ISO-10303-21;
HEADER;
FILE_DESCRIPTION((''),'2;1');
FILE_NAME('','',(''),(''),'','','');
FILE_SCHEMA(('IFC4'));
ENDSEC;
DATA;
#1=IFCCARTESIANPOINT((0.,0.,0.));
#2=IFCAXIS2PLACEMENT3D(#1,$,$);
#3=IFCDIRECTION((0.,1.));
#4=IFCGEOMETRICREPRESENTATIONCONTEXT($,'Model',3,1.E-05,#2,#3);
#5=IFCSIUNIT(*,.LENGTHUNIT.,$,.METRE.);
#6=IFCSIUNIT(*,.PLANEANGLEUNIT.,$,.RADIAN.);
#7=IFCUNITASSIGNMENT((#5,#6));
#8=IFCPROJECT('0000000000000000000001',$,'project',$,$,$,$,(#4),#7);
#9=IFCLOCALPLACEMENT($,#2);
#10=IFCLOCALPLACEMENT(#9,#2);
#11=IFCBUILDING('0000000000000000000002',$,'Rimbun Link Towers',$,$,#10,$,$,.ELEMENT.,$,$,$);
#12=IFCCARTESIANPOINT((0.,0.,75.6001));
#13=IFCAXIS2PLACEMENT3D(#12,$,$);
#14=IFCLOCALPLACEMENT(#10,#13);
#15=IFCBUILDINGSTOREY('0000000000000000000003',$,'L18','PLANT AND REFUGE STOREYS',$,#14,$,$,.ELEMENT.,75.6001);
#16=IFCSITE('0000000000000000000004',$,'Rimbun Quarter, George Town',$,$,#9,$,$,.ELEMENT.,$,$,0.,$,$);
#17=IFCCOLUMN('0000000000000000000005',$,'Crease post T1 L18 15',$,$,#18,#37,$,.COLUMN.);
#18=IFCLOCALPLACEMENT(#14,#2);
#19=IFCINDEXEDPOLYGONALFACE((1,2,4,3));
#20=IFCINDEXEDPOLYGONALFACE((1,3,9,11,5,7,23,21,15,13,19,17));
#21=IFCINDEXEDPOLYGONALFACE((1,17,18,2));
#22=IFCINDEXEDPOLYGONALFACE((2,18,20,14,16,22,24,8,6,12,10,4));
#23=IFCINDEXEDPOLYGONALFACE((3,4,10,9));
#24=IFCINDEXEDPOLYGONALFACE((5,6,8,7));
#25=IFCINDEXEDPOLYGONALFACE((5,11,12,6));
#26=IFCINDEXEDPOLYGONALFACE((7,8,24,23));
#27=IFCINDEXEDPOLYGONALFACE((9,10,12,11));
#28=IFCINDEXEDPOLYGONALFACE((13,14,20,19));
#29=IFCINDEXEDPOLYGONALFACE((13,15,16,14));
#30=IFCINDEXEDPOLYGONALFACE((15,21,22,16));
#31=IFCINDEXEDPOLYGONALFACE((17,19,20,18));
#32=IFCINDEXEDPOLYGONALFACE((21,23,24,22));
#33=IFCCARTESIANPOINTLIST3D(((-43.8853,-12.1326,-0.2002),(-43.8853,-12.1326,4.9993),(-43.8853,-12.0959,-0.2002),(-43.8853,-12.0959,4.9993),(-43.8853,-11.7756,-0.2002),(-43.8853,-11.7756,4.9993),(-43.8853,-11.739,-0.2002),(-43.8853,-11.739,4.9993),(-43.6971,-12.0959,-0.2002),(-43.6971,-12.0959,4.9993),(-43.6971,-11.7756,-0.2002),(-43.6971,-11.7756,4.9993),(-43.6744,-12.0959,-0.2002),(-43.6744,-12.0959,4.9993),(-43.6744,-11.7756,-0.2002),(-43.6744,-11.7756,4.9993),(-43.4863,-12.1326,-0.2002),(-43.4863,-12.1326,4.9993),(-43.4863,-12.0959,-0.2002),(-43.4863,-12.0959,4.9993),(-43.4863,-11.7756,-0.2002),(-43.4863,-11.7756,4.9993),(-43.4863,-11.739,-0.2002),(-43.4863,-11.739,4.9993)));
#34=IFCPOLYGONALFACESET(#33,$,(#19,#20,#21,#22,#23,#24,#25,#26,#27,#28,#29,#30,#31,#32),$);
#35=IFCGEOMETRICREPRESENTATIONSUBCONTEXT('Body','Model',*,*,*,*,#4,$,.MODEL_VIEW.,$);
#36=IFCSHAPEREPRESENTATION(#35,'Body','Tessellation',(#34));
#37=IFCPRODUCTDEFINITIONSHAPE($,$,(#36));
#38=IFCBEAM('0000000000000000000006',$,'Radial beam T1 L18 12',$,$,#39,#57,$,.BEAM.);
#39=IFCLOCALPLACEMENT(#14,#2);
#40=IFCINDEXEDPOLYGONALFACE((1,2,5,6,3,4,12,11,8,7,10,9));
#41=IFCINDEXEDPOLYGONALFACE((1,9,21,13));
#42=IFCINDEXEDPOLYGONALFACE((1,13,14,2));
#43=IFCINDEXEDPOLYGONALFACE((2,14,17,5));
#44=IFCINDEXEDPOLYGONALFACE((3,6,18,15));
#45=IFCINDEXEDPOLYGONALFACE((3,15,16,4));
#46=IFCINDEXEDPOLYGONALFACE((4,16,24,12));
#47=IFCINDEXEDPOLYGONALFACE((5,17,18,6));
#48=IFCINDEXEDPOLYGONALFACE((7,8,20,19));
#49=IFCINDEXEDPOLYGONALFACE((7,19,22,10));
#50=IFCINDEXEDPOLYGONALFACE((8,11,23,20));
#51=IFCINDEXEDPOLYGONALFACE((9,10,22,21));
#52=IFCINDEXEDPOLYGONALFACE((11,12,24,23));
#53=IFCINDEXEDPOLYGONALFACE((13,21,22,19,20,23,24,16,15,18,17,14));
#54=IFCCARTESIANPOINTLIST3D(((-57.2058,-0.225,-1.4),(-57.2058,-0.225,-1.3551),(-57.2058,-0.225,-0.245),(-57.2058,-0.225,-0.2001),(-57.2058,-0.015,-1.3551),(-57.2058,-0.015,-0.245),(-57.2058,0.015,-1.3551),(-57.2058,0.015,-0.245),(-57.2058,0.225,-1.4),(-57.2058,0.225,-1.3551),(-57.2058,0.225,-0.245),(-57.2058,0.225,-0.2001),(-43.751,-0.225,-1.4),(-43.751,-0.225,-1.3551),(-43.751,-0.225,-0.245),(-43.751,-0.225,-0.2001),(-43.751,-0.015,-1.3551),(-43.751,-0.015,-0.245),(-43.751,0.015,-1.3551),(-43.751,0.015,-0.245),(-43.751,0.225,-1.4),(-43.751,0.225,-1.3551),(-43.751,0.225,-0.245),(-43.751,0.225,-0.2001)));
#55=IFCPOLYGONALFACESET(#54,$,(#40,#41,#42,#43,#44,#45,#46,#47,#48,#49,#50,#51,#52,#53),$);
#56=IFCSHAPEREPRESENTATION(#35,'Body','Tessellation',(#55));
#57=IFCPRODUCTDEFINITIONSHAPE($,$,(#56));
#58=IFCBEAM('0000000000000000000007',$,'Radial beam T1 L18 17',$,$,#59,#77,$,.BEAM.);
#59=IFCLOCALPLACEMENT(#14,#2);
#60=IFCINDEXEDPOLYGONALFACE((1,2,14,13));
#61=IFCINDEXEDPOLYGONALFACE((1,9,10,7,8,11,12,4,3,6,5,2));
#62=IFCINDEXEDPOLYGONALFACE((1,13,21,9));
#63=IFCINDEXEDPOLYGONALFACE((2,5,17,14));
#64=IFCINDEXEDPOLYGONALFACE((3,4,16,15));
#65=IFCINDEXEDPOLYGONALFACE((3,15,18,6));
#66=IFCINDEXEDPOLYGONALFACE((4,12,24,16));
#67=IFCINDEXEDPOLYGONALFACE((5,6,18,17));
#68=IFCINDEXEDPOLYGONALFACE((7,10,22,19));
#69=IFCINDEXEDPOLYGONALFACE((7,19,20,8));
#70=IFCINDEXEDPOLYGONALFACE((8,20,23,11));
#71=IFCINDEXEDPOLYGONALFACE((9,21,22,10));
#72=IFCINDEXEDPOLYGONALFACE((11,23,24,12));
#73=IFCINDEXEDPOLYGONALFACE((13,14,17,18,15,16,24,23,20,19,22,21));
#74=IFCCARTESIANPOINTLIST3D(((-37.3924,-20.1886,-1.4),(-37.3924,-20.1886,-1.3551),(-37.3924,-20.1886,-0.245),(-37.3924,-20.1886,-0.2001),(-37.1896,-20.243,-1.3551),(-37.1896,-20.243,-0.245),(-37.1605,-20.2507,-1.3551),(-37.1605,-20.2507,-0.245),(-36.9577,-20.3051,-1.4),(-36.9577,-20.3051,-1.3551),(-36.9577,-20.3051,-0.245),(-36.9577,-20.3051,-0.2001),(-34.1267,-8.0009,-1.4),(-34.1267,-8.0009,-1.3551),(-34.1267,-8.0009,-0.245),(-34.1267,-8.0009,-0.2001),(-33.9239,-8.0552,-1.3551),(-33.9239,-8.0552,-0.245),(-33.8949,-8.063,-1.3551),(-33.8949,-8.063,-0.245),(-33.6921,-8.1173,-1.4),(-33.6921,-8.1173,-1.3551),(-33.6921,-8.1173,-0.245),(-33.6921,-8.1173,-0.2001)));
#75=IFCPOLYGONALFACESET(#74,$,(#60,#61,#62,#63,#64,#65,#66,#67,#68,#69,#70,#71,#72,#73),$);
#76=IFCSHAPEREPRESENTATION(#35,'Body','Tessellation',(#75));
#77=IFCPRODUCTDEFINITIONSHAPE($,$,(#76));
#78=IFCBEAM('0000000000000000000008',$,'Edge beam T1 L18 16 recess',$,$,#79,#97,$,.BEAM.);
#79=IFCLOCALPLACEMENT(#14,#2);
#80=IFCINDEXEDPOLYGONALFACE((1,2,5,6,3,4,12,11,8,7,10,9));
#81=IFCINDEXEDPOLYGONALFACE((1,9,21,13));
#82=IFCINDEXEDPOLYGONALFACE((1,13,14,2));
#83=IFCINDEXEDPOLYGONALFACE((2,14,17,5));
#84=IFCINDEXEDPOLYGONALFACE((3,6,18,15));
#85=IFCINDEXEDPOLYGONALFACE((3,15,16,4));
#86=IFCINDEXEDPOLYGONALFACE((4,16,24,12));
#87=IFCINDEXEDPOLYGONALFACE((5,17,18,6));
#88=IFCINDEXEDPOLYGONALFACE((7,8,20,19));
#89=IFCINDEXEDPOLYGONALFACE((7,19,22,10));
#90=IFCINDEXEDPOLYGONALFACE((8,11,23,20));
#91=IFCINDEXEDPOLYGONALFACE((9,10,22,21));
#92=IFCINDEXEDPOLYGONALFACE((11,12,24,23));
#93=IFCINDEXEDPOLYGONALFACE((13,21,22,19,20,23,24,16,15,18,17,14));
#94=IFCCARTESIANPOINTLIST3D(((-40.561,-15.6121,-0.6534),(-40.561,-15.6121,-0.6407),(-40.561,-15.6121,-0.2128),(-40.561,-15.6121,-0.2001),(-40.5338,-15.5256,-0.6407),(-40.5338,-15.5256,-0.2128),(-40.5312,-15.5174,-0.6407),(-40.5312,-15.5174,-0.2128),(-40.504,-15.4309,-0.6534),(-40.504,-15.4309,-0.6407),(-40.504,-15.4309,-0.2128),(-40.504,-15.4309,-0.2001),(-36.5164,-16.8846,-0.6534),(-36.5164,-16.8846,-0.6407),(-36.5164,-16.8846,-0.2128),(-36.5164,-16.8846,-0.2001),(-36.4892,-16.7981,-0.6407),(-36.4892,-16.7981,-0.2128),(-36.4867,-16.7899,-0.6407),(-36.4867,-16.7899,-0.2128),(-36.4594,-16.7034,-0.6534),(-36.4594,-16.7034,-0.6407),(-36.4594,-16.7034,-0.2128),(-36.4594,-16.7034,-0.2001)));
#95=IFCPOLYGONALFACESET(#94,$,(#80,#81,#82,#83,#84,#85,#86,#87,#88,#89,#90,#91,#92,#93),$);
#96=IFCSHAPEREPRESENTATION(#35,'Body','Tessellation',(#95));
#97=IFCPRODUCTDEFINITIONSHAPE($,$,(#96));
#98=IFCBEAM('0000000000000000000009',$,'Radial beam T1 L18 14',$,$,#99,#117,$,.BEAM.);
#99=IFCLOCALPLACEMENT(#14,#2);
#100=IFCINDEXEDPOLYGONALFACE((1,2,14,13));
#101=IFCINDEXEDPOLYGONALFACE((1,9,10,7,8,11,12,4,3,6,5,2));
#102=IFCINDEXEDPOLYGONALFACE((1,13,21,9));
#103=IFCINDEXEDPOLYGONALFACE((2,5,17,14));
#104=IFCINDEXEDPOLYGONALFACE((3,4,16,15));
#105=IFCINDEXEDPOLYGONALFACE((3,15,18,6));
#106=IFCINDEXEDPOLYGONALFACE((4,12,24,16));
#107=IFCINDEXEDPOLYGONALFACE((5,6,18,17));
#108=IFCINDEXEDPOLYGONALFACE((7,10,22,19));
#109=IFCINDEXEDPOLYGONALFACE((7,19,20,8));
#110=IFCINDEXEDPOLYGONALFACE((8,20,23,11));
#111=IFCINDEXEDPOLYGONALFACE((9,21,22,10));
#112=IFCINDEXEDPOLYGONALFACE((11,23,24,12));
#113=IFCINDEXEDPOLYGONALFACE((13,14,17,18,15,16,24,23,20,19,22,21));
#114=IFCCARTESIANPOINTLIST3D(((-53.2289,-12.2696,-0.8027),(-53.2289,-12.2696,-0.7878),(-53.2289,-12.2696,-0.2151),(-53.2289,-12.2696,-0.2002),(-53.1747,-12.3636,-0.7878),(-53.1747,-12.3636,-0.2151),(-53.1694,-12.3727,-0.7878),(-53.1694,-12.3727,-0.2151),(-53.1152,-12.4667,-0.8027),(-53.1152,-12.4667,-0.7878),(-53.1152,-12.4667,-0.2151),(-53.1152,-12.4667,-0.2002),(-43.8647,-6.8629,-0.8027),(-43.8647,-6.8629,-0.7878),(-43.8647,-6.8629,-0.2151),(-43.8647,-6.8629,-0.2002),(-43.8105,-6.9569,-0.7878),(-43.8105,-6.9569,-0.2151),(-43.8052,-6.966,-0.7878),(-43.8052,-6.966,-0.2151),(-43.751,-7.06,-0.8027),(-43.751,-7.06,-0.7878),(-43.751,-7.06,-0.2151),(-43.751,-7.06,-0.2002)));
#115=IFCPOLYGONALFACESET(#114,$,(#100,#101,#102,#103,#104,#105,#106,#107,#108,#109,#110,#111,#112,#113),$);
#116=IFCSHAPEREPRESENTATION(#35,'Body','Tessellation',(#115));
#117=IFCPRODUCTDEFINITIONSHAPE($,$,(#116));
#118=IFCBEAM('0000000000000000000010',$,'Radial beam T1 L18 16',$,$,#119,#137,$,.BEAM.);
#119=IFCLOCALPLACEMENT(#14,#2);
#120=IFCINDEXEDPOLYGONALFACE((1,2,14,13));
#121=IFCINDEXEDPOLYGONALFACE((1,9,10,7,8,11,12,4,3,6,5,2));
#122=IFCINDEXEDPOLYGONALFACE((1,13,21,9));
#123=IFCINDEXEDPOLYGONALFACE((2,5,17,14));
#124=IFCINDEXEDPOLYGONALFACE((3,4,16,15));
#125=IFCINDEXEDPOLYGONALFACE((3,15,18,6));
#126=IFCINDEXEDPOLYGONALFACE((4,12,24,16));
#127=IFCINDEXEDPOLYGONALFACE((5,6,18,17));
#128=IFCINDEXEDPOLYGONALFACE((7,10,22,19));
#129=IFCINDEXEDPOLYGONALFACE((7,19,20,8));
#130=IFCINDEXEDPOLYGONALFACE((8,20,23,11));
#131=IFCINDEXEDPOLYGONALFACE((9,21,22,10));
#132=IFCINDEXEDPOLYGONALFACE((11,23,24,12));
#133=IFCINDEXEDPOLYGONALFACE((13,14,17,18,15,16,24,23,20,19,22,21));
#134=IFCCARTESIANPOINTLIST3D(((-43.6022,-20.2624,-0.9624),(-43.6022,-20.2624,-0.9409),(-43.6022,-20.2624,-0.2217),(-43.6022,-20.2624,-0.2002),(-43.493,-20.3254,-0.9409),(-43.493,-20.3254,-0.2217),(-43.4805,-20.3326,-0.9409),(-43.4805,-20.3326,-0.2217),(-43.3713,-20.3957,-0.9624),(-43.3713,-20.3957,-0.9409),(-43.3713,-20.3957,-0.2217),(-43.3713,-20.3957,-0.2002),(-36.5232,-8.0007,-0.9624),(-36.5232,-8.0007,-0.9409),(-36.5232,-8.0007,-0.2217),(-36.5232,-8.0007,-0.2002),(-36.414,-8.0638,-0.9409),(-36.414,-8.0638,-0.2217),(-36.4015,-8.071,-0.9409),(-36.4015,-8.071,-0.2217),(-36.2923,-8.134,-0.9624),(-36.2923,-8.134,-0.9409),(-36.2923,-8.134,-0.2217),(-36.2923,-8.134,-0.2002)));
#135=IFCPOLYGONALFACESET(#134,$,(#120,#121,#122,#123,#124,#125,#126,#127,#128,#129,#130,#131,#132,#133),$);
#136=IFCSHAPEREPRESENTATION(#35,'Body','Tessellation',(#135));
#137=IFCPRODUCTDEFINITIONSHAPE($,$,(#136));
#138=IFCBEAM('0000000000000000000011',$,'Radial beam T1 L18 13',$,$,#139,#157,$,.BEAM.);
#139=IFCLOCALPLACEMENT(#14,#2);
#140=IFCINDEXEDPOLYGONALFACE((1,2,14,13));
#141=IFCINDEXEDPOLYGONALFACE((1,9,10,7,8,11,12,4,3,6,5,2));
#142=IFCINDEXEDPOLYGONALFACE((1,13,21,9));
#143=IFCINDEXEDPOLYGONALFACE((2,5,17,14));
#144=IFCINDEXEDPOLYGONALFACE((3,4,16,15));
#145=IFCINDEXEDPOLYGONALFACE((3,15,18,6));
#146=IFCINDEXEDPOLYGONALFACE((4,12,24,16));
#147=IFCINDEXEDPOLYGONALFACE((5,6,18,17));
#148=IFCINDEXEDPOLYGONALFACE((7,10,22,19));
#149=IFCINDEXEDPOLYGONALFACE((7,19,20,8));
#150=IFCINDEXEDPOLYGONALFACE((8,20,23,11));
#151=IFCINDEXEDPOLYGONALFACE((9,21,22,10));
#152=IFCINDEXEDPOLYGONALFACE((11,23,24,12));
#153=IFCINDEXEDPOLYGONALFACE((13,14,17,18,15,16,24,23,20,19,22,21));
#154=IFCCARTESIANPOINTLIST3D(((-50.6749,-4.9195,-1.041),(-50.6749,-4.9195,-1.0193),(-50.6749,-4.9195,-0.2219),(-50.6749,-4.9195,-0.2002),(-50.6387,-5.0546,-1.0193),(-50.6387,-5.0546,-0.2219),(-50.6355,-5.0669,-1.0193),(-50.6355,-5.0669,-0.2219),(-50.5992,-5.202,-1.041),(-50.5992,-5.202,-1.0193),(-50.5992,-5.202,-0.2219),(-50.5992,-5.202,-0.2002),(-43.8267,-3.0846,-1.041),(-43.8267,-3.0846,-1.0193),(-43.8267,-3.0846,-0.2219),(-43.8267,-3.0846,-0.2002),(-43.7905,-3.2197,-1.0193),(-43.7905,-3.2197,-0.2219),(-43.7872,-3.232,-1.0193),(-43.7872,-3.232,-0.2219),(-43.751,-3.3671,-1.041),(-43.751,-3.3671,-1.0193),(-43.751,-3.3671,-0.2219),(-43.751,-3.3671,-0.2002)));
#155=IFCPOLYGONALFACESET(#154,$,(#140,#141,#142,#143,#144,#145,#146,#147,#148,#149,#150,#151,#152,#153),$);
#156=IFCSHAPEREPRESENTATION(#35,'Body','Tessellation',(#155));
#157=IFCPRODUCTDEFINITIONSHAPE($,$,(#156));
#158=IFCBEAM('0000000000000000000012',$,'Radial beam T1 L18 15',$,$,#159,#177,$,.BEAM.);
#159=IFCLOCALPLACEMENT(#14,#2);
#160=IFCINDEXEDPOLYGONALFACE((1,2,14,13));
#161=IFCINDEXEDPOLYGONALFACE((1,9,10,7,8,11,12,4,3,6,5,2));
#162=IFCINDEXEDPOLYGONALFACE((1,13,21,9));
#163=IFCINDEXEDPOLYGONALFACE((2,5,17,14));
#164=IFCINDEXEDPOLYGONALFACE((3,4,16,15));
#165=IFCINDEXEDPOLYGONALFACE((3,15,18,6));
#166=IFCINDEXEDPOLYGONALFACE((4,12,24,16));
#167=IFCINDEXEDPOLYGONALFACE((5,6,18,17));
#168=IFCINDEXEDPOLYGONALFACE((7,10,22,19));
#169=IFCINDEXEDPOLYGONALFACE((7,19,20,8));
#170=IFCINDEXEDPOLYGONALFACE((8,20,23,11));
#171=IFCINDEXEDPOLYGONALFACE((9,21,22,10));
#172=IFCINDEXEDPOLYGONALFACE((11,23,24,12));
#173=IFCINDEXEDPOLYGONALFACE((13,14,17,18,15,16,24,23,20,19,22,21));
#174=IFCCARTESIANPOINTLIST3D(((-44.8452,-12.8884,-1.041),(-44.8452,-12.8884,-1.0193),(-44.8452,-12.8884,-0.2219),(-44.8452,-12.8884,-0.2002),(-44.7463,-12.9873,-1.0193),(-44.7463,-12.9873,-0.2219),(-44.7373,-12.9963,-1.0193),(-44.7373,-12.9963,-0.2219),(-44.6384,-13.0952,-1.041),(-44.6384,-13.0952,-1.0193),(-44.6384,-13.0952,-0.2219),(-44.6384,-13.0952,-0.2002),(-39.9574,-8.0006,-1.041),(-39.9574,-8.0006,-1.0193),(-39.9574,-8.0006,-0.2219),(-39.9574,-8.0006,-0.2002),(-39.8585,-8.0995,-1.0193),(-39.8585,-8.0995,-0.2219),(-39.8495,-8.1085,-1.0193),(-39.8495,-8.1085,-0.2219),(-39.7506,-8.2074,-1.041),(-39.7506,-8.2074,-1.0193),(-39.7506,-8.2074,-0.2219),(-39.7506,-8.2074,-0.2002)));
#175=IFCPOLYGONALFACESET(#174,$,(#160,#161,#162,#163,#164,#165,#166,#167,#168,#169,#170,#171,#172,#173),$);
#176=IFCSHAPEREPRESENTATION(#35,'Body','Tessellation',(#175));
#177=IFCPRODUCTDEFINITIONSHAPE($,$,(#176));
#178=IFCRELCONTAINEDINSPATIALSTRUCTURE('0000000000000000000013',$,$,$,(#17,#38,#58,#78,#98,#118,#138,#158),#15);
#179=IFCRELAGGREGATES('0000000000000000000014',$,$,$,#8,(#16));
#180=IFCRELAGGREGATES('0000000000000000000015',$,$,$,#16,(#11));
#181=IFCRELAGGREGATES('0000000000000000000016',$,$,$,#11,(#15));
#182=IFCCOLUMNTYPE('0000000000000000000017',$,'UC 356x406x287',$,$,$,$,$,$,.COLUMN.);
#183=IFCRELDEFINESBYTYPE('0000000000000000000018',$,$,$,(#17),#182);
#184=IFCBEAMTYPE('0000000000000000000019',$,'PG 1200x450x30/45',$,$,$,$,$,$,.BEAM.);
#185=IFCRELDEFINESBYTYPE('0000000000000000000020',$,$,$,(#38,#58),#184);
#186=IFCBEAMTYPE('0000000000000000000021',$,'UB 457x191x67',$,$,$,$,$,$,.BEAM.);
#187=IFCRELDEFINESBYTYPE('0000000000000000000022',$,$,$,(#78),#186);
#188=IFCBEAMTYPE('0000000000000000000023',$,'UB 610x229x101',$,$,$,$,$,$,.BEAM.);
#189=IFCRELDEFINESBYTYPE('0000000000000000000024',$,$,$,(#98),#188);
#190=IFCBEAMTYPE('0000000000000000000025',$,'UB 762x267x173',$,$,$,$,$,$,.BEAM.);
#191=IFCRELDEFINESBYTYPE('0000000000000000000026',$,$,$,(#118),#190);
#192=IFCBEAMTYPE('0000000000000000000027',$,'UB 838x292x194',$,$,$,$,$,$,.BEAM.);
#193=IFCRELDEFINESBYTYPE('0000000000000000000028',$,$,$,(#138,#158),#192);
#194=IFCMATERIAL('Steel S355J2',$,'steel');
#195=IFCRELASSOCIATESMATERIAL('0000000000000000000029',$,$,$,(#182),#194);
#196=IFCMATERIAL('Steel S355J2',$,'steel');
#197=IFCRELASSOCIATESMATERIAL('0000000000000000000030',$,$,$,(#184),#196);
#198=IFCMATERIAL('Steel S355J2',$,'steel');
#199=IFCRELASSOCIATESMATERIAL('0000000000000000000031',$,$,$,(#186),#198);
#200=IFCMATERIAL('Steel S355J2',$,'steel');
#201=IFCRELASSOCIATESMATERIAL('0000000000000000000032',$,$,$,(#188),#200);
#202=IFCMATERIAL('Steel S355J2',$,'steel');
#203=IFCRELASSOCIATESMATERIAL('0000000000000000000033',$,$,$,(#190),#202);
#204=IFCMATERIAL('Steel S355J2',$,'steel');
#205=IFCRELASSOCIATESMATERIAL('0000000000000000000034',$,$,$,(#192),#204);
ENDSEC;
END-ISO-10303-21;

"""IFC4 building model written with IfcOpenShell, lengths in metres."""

from ifc_helpers import new_model, si_unit, direction, frame, origin, origin_2d, place, context, subcontext, project, spatial, i_section, extrude, material, material_profile, profile_set, type_object, element, save


model = new_model("IFC4")

# Units and contexts
model_context = context("Model", 3, precision=1e-05, world=origin(), true_north=direction((0.0, 1.0)))
body_context = subcontext(model_context, "Body", "Model", "MODEL_VIEW")
ifc_project = project(units=[si_unit("LENGTHUNIT", "METRE"), si_unit("PLANEANGLEUNIT", "RADIAN")], contexts=[model_context])

# Site, building, storey
site_placement = place(None, origin())
site = spatial("IfcSite", under=ifc_project, at=site_placement, Name="Rimbun Quarter, George Town", CompositionType="ELEMENT", RefElevation=0.0)
building_placement = place(site_placement, origin())
building = spatial("IfcBuilding", under=site, at=building_placement, Name="Rimbun Link Towers", CompositionType="ELEMENT")
storey_placement = place(building_placement, frame((0.0, 0.0, 75.6001)))
storey = spatial("IfcBuildingStorey", under=building, at=storey_placement, Name="L18", Description="PLANT AND REFUGE STOREYS", CompositionType="ELEMENT", Elevation=75.6001)

# Column
ifc_material_1 = material(Name="Steel S355J2", Category="steel")
ifc_material_profile_1 = material_profile(ifc_material_1, i_section(OverallWidth=0.3989, OverallDepth=0.3936, WebThickness=0.0227, FlangeThickness=0.0366, at=origin_2d()), Name="UC 356x406x287")
ifc_profile_set_1 = profile_set([ifc_material_profile_1], Name="Steel S355J2")
column_type = type_object("IfcColumnType", Name="UC 356x406x287", PredefinedType="COLUMN", material=ifc_profile_set_1)
column_placement = place(storey_placement, frame((-43.6858, -11.9358, -0.2002), z_axis=(0.0, 0.0, 1.0), x_axis=(1.0, 0.0, 0.0)))
element("IfcColumn", 1, at=column_placement, inside=storey, type_object=column_type, Name="Crease post T1 L18 15", PredefinedType="COLUMN", context=body_context, shape_type="SweptSolid", body=[
    extrude(i_section(OverallWidth=0.3989, OverallDepth=0.3936, WebThickness=0.0227, FlangeThickness=0.0366, at=origin_2d()), origin(), (0.0, 0.0, 1.0), 5.1995),
])

# Beams
ifc_material_2 = material(Name="Steel S355J2", Category="steel")
ifc_material_profile_2 = material_profile(ifc_material_2, i_section(OverallWidth=0.45, OverallDepth=1.2, WebThickness=0.03, FlangeThickness=0.0449, at=origin_2d()), Name="PG 1200x450x30/45")
ifc_profile_set_2 = profile_set([ifc_material_profile_2], Name="Steel S355J2")
beam_type_1 = type_object("IfcBeamType", Name="PG 1200x450x30/45", PredefinedType="BEAM", material=ifc_profile_set_2)
beam_1_placement = place(storey_placement, frame((-43.751, 0.0, -0.8), z_axis=(-1.0, 0.0, 0.0), x_axis=(0.0, -1.0, 0.0)))
element("IfcBeam", 2, at=beam_1_placement, inside=storey, type_object=beam_type_1, Name="Radial beam T1 L18 12", PredefinedType="BEAM", context=body_context, shape_type="SweptSolid", body=[
    extrude(i_section(OverallWidth=0.45, OverallDepth=1.2, WebThickness=0.03, FlangeThickness=0.0449, at=origin_2d()), origin(), (0.0, 0.0, 1.0), 13.4548),
])
beam_2_placement = place(storey_placement, frame((-33.9094, -8.0591, -0.8), z_axis=(-0.258814, -0.965927, 0.0), x_axis=(0.965927, -0.258814, 0.0)))
element("IfcBeam", 3, at=beam_2_placement, inside=storey, type_object=beam_type_1, Name="Radial beam T1 L18 17", PredefinedType="BEAM", context=body_context, shape_type="SweptSolid", body=[
    extrude(i_section(OverallWidth=0.45, OverallDepth=1.2, WebThickness=0.03, FlangeThickness=0.0449, at=origin_2d()), origin(), (0.0, 0.0, 1.0), 12.6177),
])
ifc_material_3 = material(Name="Steel S355J2", Category="steel")
ifc_material_profile_3 = material_profile(ifc_material_3, i_section(OverallWidth=0.1899, OverallDepth=0.4534, WebThickness=0.0085, FlangeThickness=0.0127, at=origin_2d()), Name="UB 457x191x67")
ifc_profile_set_3 = profile_set([ifc_material_profile_3], Name="Steel S355J2")
beam_type_2 = type_object("IfcBeamType", Name="UB 457x191x67", PredefinedType="BEAM", material=ifc_profile_set_3)
beam_3_placement = place(storey_placement, frame((-40.5325, -15.5215, -0.4268), z_axis=(0.953902, -0.300117, 0.0), x_axis=(0.300117, 0.953902, 0.0)))
element("IfcBeam", 4, at=beam_3_placement, inside=storey, type_object=beam_type_2, Name="Edge beam T1 L18 16 recess", PredefinedType="BEAM", context=body_context, shape_type="SweptSolid", body=[
    extrude(i_section(OverallWidth=0.1899, OverallDepth=0.4534, WebThickness=0.0085, FlangeThickness=0.0127, at=origin_2d()), origin(), (0.0, 0.0, 1.0), 4.24),
])
ifc_material_4 = material(Name="Steel S355J2", Category="steel")
ifc_material_profile_4 = material_profile(ifc_material_4, i_section(OverallWidth=0.2275, OverallDepth=0.6025, WebThickness=0.0105, FlangeThickness=0.0149, at=origin_2d()), Name="UB 610x229x101")
ifc_profile_set_4 = profile_set([ifc_material_profile_4], Name="Steel S355J2")
beam_type_3 = type_object("IfcBeamType", Name="UB 610x229x101", PredefinedType="BEAM", material=ifc_profile_set_4)
beam_4_placement = place(storey_placement, frame((-43.8079, -6.9614, -0.5015), z_axis=(-0.866014, -0.50002, 0.0), x_axis=(0.50002, -0.866014, 0.0)))
element("IfcBeam", 5, at=beam_4_placement, inside=storey, type_object=beam_type_3, Name="Radial beam T1 L18 14", PredefinedType="BEAM", context=body_context, shape_type="SweptSolid", body=[
    extrude(i_section(OverallWidth=0.2275, OverallDepth=0.6025, WebThickness=0.0105, FlangeThickness=0.0149, at=origin_2d()), origin(), (0.0, 0.0, 1.0), 10.813),
])
ifc_material_5 = material(Name="Steel S355J2", Category="steel")
ifc_material_profile_5 = material_profile(ifc_material_5, i_section(OverallWidth=0.2666, OverallDepth=0.7622, WebThickness=0.0144, FlangeThickness=0.0215, at=origin_2d()), Name="UB 762x267x173")
ifc_profile_set_5 = profile_set([ifc_material_profile_5], Name="Steel S355J2")
beam_type_4 = type_object("IfcBeamType", Name="UB 762x267x173", PredefinedType="BEAM", material=ifc_profile_set_5)
beam_5_placement = place(storey_placement, frame((-36.4077, -8.0674, -0.5813), z_axis=(-0.499989, -0.866032, 0.0), x_axis=(0.866032, -0.499989, 0.0)))
element("IfcBeam", 6, at=beam_5_placement, inside=storey, type_object=beam_type_4, Name="Radial beam T1 L18 16", PredefinedType="BEAM", context=body_context, shape_type="SweptSolid", body=[
    extrude(i_section(OverallWidth=0.2666, OverallDepth=0.7622, WebThickness=0.0144, FlangeThickness=0.0215, at=origin_2d()), origin(), (0.0, 0.0, 1.0), 14.1584),
])
ifc_material_6 = material(Name="Steel S355J2", Category="steel")
ifc_material_profile_6 = material_profile(ifc_material_6, i_section(OverallWidth=0.2925, OverallDepth=0.8408, WebThickness=0.0127, FlangeThickness=0.0217, at=origin_2d()), Name="UB 838x292x194")
ifc_profile_set_6 = profile_set([ifc_material_profile_6], Name="Steel S355J2")
beam_type_5 = type_object("IfcBeamType", Name="UB 838x292x194", PredefinedType="BEAM", material=ifc_profile_set_6)
beam_6_placement = place(storey_placement, frame((-43.7888, -3.2258, -0.6206), z_axis=(-0.965928, -0.258811, 0.0), x_axis=(0.258811, -0.965928, 0.0)))
element("IfcBeam", 7, at=beam_6_placement, inside=storey, type_object=beam_type_5, Name="Radial beam T1 L18 13", PredefinedType="BEAM", context=body_context, shape_type="SweptSolid", body=[
    extrude(i_section(OverallWidth=0.2925, OverallDepth=0.8408, WebThickness=0.0127, FlangeThickness=0.0217, at=origin_2d()), origin(), (0.0, 0.0, 1.0), 7.0898),
])
beam_7_placement = place(storey_placement, frame((-39.854, -8.104, -0.6206), z_axis=(-0.707107, -0.707107, 0.0), x_axis=(0.707107, -0.707107, 0.0)))
element("IfcBeam", 8, at=beam_7_placement, inside=storey, type_object=beam_type_5, Name="Radial beam T1 L18 15", PredefinedType="BEAM", context=body_context, shape_type="SweptSolid", body=[
    extrude(i_section(OverallWidth=0.2925, OverallDepth=0.8408, WebThickness=0.0127, FlangeThickness=0.0217, at=origin_2d()), origin(), (0.0, 0.0, 1.0), 6.9124),
])

save(model, "model.ifc")
